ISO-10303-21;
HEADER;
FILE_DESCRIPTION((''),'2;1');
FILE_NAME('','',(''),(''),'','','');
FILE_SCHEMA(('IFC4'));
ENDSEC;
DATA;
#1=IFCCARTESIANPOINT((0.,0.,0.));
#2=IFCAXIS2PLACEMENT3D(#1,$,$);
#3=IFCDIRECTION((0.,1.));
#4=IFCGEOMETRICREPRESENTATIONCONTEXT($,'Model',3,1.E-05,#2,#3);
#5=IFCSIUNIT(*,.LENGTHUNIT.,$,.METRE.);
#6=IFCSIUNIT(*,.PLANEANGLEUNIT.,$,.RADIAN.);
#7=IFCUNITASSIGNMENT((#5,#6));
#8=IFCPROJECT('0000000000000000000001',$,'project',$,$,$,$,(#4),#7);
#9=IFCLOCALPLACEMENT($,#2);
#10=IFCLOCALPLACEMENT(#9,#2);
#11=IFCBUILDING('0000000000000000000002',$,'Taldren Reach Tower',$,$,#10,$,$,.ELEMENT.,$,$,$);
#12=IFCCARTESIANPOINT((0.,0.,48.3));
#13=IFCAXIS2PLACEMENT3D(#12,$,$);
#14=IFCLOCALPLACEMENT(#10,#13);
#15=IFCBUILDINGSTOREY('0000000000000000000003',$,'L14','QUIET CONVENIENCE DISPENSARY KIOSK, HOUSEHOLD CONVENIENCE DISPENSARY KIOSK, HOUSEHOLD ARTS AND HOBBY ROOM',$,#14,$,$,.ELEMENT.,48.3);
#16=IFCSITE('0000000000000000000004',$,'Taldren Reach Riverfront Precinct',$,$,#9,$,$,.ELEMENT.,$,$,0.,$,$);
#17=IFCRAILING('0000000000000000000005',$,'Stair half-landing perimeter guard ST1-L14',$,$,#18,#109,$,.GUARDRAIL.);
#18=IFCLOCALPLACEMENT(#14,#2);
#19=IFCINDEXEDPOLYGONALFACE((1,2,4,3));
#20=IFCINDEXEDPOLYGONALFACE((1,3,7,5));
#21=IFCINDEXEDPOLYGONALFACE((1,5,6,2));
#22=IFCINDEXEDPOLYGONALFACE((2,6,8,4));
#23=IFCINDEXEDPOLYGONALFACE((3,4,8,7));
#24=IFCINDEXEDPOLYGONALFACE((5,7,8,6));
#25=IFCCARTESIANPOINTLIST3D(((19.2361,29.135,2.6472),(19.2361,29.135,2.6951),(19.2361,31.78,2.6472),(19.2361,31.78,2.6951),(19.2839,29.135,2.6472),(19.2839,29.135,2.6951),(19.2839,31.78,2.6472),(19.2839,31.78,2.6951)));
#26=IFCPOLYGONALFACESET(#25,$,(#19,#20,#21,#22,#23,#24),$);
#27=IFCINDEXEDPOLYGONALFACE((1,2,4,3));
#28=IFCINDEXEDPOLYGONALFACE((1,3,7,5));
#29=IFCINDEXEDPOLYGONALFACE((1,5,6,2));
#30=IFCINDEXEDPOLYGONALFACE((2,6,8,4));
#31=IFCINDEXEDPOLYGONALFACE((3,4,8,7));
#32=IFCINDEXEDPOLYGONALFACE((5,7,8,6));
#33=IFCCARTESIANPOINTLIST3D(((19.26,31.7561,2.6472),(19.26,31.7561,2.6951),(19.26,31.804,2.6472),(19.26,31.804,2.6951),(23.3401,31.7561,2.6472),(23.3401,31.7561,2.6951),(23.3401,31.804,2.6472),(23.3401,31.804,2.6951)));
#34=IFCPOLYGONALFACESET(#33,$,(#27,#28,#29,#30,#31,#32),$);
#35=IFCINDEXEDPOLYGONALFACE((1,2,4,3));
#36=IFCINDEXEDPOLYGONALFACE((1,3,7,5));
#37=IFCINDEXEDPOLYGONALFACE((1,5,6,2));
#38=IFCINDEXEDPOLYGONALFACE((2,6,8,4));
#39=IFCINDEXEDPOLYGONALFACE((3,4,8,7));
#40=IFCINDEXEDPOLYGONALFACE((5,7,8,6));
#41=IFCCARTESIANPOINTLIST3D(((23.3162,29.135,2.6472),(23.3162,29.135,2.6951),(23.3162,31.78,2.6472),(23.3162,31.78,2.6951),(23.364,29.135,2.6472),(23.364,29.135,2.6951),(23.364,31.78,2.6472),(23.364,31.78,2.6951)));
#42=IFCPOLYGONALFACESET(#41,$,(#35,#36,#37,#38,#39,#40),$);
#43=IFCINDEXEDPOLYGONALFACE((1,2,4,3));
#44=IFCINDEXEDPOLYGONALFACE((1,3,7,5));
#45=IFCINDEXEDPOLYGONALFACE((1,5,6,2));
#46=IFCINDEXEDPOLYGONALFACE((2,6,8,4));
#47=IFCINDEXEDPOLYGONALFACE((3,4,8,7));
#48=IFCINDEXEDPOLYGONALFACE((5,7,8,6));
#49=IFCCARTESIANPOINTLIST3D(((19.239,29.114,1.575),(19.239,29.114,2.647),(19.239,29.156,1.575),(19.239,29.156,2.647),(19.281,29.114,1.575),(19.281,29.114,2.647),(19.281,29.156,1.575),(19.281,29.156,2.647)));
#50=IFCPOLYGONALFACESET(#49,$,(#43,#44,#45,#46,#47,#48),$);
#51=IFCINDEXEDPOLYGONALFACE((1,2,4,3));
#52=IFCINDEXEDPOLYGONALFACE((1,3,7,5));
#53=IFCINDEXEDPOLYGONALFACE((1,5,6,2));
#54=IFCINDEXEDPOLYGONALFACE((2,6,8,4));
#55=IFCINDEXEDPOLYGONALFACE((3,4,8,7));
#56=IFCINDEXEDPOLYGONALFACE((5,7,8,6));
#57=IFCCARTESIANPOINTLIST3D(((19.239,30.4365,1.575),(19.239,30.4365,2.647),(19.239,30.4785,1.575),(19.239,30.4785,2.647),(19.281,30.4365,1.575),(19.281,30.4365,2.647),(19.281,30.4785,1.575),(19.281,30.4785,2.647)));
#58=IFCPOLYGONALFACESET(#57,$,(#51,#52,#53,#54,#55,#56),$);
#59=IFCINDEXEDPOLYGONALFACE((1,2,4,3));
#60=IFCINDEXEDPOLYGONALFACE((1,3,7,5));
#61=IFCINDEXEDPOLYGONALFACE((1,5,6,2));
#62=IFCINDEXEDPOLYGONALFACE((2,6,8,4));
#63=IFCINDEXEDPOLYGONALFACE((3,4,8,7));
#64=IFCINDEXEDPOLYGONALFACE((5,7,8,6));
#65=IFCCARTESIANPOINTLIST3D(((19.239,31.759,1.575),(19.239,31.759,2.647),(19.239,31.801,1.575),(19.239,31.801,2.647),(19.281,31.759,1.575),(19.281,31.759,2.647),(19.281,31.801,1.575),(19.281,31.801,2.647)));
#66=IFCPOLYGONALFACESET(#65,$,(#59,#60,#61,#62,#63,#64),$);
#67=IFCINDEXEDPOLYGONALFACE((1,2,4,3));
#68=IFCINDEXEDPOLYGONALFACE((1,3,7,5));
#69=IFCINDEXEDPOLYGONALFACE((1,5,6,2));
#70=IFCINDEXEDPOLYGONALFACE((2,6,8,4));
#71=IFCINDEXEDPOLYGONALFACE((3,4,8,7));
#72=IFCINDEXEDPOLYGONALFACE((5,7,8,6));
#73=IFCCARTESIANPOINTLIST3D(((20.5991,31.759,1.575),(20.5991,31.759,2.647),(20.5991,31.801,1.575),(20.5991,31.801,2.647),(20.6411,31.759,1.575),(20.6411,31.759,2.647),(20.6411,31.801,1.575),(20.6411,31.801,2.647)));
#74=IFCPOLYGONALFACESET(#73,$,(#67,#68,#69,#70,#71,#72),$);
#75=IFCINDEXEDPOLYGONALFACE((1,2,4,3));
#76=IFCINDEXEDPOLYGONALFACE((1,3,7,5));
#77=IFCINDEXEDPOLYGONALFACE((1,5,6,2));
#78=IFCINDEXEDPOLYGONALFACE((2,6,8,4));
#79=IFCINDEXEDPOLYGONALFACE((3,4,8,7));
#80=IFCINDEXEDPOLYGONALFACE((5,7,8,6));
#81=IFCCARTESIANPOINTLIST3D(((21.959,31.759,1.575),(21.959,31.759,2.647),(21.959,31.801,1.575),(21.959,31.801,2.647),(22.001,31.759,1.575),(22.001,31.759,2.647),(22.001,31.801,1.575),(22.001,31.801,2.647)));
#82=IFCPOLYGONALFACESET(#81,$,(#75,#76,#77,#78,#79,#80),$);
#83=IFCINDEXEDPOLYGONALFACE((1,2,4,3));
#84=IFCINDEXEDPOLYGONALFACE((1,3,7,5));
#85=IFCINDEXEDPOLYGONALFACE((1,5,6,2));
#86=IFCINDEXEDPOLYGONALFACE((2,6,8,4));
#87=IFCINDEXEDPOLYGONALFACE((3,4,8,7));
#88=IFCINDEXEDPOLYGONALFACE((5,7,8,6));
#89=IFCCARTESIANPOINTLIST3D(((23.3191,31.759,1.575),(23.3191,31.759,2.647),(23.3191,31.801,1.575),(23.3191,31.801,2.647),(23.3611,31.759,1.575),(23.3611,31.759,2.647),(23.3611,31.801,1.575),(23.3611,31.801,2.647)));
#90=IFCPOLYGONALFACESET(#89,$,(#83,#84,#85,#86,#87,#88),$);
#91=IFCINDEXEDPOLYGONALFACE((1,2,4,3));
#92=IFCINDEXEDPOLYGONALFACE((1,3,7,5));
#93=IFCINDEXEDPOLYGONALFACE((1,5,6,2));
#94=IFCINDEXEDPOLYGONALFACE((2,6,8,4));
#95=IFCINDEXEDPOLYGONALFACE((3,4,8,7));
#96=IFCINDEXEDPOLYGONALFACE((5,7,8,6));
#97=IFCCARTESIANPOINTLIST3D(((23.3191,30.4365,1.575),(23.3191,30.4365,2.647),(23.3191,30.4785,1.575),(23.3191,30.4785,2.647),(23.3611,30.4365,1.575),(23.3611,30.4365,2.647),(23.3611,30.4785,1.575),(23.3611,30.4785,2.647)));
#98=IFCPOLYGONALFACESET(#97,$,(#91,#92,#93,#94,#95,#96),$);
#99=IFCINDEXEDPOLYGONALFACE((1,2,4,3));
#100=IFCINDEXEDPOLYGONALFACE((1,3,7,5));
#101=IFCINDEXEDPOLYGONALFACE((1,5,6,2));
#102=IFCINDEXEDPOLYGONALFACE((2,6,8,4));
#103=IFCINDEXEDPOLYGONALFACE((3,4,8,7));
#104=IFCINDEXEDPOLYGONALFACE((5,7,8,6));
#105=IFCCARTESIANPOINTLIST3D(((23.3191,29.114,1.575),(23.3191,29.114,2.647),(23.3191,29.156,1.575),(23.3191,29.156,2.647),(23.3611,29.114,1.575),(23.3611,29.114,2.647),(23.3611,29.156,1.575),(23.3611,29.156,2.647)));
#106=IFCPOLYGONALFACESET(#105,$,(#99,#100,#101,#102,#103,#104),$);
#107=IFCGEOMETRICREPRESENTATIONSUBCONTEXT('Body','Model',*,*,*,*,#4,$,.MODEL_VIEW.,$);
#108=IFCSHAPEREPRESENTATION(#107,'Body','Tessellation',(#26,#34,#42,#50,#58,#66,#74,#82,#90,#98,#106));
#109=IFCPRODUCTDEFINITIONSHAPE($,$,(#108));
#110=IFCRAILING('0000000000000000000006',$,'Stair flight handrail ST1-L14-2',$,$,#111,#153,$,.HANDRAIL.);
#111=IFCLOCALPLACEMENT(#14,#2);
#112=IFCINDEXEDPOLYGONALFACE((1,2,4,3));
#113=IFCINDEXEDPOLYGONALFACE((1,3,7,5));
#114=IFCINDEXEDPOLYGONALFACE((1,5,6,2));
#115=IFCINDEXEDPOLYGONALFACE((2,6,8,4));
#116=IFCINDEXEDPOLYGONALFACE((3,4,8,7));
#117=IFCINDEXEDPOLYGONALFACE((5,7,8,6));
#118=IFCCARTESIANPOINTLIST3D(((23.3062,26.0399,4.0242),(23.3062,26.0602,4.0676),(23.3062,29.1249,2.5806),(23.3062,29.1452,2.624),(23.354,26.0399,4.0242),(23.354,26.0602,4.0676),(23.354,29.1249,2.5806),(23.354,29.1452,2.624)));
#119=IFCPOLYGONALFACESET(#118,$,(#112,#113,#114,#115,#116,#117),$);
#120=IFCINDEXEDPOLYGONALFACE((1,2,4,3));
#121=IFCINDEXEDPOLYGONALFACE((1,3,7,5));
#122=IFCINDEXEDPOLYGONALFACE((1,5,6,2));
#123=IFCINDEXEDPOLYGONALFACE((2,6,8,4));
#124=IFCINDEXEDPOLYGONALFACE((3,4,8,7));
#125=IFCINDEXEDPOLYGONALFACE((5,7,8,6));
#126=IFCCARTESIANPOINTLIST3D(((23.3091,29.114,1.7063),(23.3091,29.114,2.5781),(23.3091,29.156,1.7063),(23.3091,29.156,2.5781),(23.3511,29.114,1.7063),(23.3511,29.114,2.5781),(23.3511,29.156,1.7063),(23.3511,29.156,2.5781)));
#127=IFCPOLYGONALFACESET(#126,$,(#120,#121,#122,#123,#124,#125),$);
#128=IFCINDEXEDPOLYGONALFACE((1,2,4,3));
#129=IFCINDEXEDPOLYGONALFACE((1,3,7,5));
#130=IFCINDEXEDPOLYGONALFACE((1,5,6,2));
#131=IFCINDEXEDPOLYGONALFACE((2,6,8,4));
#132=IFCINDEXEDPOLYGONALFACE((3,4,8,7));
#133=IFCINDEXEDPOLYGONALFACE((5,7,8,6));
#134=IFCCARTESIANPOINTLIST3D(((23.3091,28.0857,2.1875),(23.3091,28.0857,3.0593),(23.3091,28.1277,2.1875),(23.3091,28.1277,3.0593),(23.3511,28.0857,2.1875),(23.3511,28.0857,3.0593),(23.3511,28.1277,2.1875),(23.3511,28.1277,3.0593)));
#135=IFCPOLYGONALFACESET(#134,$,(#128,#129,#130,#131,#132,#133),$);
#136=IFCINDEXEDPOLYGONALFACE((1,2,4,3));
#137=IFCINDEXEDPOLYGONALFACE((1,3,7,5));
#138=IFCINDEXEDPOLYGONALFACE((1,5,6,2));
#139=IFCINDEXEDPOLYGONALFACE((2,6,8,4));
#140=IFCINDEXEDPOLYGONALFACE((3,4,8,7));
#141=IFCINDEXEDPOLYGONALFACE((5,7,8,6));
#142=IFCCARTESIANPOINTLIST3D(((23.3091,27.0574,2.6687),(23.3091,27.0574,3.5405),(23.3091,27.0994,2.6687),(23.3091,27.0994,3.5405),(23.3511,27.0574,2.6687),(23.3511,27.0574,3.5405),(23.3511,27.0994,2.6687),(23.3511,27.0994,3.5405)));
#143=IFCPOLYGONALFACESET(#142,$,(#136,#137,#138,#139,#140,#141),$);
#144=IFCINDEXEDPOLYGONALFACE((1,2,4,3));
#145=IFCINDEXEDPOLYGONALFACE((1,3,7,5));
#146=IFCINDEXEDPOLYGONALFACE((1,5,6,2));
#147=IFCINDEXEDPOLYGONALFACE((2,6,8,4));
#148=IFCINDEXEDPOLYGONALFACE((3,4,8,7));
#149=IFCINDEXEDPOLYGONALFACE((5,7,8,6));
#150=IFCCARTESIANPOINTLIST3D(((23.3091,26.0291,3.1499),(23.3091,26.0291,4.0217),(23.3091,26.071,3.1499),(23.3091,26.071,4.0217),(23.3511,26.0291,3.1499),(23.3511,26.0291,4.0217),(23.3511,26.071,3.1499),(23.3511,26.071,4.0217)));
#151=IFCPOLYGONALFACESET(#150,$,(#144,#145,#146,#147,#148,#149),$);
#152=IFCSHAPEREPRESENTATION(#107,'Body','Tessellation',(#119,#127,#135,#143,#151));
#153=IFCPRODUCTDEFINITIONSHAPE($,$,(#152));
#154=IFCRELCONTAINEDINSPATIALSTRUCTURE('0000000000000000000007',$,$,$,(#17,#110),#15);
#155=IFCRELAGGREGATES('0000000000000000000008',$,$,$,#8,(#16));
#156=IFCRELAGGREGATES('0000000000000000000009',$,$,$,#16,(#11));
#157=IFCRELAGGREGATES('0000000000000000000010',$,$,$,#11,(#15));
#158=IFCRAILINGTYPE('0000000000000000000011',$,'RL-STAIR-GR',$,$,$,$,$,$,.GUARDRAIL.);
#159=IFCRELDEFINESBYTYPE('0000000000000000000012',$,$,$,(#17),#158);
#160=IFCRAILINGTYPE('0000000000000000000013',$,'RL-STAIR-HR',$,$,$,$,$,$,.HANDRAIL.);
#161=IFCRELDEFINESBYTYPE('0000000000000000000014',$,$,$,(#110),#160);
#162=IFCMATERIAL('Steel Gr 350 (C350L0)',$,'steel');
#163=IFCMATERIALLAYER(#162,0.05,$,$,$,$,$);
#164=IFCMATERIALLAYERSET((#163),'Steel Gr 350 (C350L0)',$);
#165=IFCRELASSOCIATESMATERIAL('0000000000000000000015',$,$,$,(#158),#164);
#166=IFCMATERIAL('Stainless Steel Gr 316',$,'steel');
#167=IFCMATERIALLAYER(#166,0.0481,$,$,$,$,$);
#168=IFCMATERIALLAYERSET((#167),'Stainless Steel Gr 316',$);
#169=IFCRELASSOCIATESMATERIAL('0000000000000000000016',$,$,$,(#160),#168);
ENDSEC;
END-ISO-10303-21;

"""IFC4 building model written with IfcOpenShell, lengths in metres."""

from ifc_helpers import new_model, si_unit, direction, frame, origin, origin_2d, place, context, subcontext, project, spatial, rectangle, extrude, material, layer, layer_set, type_object, element, save


model = new_model("IFC4")

# Units and contexts
model_context = context("Model", 3, precision=1e-05, world=origin(), true_north=direction((0.0, 1.0)))
body_context = subcontext(model_context, "Body", "Model", "MODEL_VIEW")
ifc_project = project(units=[si_unit("LENGTHUNIT", "METRE"), si_unit("PLANEANGLEUNIT", "RADIAN")], contexts=[model_context])

# Site, building, storey
site_placement = place(None, origin())
site = spatial("IfcSite", under=ifc_project, at=site_placement, Name="Taldren Reach Riverfront Precinct", CompositionType="ELEMENT", RefElevation=0.0)
building_placement = place(site_placement, origin())
building = spatial("IfcBuilding", under=site, at=building_placement, Name="Taldren Reach Tower", CompositionType="ELEMENT")
storey_placement = place(building_placement, frame((0.0, 0.0, 48.3)))
storey = spatial("IfcBuildingStorey", under=building, at=storey_placement, Name="L14", Description="QUIET CONVENIENCE DISPENSARY KIOSK, HOUSEHOLD CONVENIENCE DISPENSARY KIOSK, HOUSEHOLD ARTS AND HOBBY ROOM", CompositionType="ELEMENT", Elevation=48.3)

# Railings
ifc_material_1 = material(Name="Steel Gr 350 (C350L0)", Category="steel")
ifc_layer_1 = layer(ifc_material_1, 0.05)
ifc_layer_set_1 = layer_set([ifc_layer_1], Name="Steel Gr 350 (C350L0)")
railing_type_1 = type_object("IfcRailingType", Name="RL-STAIR-GR", PredefinedType="GUARDRAIL", material=ifc_layer_set_1)
railing_1_placement = place(storey_placement, frame((19.26, 29.135, 1.575)))
element("IfcRailing", 1, at=railing_1_placement, inside=storey, type_object=railing_type_1, Name="Stair half-landing perimeter guard ST1-L14", PredefinedType="GUARDRAIL", context=body_context, shape_type="SweptSolid", body=[
    extrude(rectangle(XDim=0.0479, YDim=0.0479, at=origin_2d()), frame((0.0, 0.0, 1.0962), z_axis=(0.0, 1.0, 0.0), x_axis=(-1.0, 0.0, 0.0)), (0.0, 0.0, 1.0), 2.645),
    extrude(rectangle(XDim=0.0479, YDim=0.0479, at=origin_2d()), frame((0.0, 2.645, 1.0962), z_axis=(1.0, 0.0, 0.0), x_axis=(0.0, 1.0, 0.0)), (0.0, 0.0, 1.0), 4.0801),
    extrude(rectangle(XDim=0.0479, YDim=0.0479, at=origin_2d()), frame((4.0801, 2.645, 1.0962), z_axis=(0.0, -1.0, 0.0), x_axis=(1.0, 0.0, 0.0)), (0.0, 0.0, 1.0), 2.645),
    extrude(rectangle(XDim=0.042, YDim=0.042, at=origin_2d()), origin(), (0.0, 0.0, 1.0), 1.072),
    extrude(rectangle(XDim=0.042, YDim=0.042, at=origin_2d()), frame((0.0, 1.3225, 0.0)), (0.0, 0.0, 1.0), 1.072),
    extrude(rectangle(XDim=0.042, YDim=0.042, at=origin_2d()), frame((0.0, 2.645, 0.0)), (0.0, 0.0, 1.0), 1.072),
    extrude(rectangle(XDim=0.042, YDim=0.042, at=origin_2d()), frame((1.3601, 2.645, 0.0)), (0.0, 0.0, 1.0), 1.072),
    extrude(rectangle(XDim=0.042, YDim=0.042, at=origin_2d()), frame((2.72, 2.645, 0.0)), (0.0, 0.0, 1.0), 1.072),
    extrude(rectangle(XDim=0.042, YDim=0.042, at=origin_2d()), frame((4.0801, 2.645, 0.0)), (0.0, 0.0, 1.0), 1.072),
    extrude(rectangle(XDim=0.042, YDim=0.042, at=origin_2d()), frame((4.0801, 1.3225, 0.0)), (0.0, 0.0, 1.0), 1.072),
    extrude(rectangle(XDim=0.042, YDim=0.042, at=origin_2d()), frame((4.0801, 0.0, 0.0)), (0.0, 0.0, 1.0), 1.072),
])
ifc_material_2 = material(Name="Stainless Steel Gr 316", Category="steel")
ifc_layer_2 = layer(ifc_material_2, 0.0481)
ifc_layer_set_2 = layer_set([ifc_layer_2], Name="Stainless Steel Gr 316")
railing_type_2 = type_object("IfcRailingType", Name="RL-STAIR-HR", PredefinedType="HANDRAIL", material=ifc_layer_set_2)
railing_2_placement = place(storey_placement, frame((23.3301, 29.135, 1.7063)))
element("IfcRailing", 2, at=railing_2_placement, inside=storey, type_object=railing_type_2, Name="Stair flight handrail ST1-L14-2", PredefinedType="HANDRAIL", context=body_context, shape_type="SweptSolid", body=[
    extrude(rectangle(XDim=0.0479, YDim=0.0479, at=origin_2d()), frame((0.0, 0.0, 0.896), z_axis=(0.0, -0.905738, 0.423839), x_axis=(1.0, 0.0, 0.0)), (0.0, 0.0, 1.0), 3.406),
    extrude(rectangle(XDim=0.042, YDim=0.042, at=origin_2d()), origin(), (0.0, 0.0, 1.0), 0.8718),
    extrude(rectangle(XDim=0.042, YDim=0.042, at=origin_2d()), frame((0.0, -1.0283, 0.4812)), (0.0, 0.0, 1.0), 0.8718),
    extrude(rectangle(XDim=0.042, YDim=0.042, at=origin_2d()), frame((0.0, -2.0566, 0.9624)), (0.0, 0.0, 1.0), 0.8718),
    extrude(rectangle(XDim=0.042, YDim=0.042, at=origin_2d()), frame((0.0, -3.085, 1.4436)), (0.0, 0.0, 1.0), 0.8718),
])

save(model, "model.ifc")
